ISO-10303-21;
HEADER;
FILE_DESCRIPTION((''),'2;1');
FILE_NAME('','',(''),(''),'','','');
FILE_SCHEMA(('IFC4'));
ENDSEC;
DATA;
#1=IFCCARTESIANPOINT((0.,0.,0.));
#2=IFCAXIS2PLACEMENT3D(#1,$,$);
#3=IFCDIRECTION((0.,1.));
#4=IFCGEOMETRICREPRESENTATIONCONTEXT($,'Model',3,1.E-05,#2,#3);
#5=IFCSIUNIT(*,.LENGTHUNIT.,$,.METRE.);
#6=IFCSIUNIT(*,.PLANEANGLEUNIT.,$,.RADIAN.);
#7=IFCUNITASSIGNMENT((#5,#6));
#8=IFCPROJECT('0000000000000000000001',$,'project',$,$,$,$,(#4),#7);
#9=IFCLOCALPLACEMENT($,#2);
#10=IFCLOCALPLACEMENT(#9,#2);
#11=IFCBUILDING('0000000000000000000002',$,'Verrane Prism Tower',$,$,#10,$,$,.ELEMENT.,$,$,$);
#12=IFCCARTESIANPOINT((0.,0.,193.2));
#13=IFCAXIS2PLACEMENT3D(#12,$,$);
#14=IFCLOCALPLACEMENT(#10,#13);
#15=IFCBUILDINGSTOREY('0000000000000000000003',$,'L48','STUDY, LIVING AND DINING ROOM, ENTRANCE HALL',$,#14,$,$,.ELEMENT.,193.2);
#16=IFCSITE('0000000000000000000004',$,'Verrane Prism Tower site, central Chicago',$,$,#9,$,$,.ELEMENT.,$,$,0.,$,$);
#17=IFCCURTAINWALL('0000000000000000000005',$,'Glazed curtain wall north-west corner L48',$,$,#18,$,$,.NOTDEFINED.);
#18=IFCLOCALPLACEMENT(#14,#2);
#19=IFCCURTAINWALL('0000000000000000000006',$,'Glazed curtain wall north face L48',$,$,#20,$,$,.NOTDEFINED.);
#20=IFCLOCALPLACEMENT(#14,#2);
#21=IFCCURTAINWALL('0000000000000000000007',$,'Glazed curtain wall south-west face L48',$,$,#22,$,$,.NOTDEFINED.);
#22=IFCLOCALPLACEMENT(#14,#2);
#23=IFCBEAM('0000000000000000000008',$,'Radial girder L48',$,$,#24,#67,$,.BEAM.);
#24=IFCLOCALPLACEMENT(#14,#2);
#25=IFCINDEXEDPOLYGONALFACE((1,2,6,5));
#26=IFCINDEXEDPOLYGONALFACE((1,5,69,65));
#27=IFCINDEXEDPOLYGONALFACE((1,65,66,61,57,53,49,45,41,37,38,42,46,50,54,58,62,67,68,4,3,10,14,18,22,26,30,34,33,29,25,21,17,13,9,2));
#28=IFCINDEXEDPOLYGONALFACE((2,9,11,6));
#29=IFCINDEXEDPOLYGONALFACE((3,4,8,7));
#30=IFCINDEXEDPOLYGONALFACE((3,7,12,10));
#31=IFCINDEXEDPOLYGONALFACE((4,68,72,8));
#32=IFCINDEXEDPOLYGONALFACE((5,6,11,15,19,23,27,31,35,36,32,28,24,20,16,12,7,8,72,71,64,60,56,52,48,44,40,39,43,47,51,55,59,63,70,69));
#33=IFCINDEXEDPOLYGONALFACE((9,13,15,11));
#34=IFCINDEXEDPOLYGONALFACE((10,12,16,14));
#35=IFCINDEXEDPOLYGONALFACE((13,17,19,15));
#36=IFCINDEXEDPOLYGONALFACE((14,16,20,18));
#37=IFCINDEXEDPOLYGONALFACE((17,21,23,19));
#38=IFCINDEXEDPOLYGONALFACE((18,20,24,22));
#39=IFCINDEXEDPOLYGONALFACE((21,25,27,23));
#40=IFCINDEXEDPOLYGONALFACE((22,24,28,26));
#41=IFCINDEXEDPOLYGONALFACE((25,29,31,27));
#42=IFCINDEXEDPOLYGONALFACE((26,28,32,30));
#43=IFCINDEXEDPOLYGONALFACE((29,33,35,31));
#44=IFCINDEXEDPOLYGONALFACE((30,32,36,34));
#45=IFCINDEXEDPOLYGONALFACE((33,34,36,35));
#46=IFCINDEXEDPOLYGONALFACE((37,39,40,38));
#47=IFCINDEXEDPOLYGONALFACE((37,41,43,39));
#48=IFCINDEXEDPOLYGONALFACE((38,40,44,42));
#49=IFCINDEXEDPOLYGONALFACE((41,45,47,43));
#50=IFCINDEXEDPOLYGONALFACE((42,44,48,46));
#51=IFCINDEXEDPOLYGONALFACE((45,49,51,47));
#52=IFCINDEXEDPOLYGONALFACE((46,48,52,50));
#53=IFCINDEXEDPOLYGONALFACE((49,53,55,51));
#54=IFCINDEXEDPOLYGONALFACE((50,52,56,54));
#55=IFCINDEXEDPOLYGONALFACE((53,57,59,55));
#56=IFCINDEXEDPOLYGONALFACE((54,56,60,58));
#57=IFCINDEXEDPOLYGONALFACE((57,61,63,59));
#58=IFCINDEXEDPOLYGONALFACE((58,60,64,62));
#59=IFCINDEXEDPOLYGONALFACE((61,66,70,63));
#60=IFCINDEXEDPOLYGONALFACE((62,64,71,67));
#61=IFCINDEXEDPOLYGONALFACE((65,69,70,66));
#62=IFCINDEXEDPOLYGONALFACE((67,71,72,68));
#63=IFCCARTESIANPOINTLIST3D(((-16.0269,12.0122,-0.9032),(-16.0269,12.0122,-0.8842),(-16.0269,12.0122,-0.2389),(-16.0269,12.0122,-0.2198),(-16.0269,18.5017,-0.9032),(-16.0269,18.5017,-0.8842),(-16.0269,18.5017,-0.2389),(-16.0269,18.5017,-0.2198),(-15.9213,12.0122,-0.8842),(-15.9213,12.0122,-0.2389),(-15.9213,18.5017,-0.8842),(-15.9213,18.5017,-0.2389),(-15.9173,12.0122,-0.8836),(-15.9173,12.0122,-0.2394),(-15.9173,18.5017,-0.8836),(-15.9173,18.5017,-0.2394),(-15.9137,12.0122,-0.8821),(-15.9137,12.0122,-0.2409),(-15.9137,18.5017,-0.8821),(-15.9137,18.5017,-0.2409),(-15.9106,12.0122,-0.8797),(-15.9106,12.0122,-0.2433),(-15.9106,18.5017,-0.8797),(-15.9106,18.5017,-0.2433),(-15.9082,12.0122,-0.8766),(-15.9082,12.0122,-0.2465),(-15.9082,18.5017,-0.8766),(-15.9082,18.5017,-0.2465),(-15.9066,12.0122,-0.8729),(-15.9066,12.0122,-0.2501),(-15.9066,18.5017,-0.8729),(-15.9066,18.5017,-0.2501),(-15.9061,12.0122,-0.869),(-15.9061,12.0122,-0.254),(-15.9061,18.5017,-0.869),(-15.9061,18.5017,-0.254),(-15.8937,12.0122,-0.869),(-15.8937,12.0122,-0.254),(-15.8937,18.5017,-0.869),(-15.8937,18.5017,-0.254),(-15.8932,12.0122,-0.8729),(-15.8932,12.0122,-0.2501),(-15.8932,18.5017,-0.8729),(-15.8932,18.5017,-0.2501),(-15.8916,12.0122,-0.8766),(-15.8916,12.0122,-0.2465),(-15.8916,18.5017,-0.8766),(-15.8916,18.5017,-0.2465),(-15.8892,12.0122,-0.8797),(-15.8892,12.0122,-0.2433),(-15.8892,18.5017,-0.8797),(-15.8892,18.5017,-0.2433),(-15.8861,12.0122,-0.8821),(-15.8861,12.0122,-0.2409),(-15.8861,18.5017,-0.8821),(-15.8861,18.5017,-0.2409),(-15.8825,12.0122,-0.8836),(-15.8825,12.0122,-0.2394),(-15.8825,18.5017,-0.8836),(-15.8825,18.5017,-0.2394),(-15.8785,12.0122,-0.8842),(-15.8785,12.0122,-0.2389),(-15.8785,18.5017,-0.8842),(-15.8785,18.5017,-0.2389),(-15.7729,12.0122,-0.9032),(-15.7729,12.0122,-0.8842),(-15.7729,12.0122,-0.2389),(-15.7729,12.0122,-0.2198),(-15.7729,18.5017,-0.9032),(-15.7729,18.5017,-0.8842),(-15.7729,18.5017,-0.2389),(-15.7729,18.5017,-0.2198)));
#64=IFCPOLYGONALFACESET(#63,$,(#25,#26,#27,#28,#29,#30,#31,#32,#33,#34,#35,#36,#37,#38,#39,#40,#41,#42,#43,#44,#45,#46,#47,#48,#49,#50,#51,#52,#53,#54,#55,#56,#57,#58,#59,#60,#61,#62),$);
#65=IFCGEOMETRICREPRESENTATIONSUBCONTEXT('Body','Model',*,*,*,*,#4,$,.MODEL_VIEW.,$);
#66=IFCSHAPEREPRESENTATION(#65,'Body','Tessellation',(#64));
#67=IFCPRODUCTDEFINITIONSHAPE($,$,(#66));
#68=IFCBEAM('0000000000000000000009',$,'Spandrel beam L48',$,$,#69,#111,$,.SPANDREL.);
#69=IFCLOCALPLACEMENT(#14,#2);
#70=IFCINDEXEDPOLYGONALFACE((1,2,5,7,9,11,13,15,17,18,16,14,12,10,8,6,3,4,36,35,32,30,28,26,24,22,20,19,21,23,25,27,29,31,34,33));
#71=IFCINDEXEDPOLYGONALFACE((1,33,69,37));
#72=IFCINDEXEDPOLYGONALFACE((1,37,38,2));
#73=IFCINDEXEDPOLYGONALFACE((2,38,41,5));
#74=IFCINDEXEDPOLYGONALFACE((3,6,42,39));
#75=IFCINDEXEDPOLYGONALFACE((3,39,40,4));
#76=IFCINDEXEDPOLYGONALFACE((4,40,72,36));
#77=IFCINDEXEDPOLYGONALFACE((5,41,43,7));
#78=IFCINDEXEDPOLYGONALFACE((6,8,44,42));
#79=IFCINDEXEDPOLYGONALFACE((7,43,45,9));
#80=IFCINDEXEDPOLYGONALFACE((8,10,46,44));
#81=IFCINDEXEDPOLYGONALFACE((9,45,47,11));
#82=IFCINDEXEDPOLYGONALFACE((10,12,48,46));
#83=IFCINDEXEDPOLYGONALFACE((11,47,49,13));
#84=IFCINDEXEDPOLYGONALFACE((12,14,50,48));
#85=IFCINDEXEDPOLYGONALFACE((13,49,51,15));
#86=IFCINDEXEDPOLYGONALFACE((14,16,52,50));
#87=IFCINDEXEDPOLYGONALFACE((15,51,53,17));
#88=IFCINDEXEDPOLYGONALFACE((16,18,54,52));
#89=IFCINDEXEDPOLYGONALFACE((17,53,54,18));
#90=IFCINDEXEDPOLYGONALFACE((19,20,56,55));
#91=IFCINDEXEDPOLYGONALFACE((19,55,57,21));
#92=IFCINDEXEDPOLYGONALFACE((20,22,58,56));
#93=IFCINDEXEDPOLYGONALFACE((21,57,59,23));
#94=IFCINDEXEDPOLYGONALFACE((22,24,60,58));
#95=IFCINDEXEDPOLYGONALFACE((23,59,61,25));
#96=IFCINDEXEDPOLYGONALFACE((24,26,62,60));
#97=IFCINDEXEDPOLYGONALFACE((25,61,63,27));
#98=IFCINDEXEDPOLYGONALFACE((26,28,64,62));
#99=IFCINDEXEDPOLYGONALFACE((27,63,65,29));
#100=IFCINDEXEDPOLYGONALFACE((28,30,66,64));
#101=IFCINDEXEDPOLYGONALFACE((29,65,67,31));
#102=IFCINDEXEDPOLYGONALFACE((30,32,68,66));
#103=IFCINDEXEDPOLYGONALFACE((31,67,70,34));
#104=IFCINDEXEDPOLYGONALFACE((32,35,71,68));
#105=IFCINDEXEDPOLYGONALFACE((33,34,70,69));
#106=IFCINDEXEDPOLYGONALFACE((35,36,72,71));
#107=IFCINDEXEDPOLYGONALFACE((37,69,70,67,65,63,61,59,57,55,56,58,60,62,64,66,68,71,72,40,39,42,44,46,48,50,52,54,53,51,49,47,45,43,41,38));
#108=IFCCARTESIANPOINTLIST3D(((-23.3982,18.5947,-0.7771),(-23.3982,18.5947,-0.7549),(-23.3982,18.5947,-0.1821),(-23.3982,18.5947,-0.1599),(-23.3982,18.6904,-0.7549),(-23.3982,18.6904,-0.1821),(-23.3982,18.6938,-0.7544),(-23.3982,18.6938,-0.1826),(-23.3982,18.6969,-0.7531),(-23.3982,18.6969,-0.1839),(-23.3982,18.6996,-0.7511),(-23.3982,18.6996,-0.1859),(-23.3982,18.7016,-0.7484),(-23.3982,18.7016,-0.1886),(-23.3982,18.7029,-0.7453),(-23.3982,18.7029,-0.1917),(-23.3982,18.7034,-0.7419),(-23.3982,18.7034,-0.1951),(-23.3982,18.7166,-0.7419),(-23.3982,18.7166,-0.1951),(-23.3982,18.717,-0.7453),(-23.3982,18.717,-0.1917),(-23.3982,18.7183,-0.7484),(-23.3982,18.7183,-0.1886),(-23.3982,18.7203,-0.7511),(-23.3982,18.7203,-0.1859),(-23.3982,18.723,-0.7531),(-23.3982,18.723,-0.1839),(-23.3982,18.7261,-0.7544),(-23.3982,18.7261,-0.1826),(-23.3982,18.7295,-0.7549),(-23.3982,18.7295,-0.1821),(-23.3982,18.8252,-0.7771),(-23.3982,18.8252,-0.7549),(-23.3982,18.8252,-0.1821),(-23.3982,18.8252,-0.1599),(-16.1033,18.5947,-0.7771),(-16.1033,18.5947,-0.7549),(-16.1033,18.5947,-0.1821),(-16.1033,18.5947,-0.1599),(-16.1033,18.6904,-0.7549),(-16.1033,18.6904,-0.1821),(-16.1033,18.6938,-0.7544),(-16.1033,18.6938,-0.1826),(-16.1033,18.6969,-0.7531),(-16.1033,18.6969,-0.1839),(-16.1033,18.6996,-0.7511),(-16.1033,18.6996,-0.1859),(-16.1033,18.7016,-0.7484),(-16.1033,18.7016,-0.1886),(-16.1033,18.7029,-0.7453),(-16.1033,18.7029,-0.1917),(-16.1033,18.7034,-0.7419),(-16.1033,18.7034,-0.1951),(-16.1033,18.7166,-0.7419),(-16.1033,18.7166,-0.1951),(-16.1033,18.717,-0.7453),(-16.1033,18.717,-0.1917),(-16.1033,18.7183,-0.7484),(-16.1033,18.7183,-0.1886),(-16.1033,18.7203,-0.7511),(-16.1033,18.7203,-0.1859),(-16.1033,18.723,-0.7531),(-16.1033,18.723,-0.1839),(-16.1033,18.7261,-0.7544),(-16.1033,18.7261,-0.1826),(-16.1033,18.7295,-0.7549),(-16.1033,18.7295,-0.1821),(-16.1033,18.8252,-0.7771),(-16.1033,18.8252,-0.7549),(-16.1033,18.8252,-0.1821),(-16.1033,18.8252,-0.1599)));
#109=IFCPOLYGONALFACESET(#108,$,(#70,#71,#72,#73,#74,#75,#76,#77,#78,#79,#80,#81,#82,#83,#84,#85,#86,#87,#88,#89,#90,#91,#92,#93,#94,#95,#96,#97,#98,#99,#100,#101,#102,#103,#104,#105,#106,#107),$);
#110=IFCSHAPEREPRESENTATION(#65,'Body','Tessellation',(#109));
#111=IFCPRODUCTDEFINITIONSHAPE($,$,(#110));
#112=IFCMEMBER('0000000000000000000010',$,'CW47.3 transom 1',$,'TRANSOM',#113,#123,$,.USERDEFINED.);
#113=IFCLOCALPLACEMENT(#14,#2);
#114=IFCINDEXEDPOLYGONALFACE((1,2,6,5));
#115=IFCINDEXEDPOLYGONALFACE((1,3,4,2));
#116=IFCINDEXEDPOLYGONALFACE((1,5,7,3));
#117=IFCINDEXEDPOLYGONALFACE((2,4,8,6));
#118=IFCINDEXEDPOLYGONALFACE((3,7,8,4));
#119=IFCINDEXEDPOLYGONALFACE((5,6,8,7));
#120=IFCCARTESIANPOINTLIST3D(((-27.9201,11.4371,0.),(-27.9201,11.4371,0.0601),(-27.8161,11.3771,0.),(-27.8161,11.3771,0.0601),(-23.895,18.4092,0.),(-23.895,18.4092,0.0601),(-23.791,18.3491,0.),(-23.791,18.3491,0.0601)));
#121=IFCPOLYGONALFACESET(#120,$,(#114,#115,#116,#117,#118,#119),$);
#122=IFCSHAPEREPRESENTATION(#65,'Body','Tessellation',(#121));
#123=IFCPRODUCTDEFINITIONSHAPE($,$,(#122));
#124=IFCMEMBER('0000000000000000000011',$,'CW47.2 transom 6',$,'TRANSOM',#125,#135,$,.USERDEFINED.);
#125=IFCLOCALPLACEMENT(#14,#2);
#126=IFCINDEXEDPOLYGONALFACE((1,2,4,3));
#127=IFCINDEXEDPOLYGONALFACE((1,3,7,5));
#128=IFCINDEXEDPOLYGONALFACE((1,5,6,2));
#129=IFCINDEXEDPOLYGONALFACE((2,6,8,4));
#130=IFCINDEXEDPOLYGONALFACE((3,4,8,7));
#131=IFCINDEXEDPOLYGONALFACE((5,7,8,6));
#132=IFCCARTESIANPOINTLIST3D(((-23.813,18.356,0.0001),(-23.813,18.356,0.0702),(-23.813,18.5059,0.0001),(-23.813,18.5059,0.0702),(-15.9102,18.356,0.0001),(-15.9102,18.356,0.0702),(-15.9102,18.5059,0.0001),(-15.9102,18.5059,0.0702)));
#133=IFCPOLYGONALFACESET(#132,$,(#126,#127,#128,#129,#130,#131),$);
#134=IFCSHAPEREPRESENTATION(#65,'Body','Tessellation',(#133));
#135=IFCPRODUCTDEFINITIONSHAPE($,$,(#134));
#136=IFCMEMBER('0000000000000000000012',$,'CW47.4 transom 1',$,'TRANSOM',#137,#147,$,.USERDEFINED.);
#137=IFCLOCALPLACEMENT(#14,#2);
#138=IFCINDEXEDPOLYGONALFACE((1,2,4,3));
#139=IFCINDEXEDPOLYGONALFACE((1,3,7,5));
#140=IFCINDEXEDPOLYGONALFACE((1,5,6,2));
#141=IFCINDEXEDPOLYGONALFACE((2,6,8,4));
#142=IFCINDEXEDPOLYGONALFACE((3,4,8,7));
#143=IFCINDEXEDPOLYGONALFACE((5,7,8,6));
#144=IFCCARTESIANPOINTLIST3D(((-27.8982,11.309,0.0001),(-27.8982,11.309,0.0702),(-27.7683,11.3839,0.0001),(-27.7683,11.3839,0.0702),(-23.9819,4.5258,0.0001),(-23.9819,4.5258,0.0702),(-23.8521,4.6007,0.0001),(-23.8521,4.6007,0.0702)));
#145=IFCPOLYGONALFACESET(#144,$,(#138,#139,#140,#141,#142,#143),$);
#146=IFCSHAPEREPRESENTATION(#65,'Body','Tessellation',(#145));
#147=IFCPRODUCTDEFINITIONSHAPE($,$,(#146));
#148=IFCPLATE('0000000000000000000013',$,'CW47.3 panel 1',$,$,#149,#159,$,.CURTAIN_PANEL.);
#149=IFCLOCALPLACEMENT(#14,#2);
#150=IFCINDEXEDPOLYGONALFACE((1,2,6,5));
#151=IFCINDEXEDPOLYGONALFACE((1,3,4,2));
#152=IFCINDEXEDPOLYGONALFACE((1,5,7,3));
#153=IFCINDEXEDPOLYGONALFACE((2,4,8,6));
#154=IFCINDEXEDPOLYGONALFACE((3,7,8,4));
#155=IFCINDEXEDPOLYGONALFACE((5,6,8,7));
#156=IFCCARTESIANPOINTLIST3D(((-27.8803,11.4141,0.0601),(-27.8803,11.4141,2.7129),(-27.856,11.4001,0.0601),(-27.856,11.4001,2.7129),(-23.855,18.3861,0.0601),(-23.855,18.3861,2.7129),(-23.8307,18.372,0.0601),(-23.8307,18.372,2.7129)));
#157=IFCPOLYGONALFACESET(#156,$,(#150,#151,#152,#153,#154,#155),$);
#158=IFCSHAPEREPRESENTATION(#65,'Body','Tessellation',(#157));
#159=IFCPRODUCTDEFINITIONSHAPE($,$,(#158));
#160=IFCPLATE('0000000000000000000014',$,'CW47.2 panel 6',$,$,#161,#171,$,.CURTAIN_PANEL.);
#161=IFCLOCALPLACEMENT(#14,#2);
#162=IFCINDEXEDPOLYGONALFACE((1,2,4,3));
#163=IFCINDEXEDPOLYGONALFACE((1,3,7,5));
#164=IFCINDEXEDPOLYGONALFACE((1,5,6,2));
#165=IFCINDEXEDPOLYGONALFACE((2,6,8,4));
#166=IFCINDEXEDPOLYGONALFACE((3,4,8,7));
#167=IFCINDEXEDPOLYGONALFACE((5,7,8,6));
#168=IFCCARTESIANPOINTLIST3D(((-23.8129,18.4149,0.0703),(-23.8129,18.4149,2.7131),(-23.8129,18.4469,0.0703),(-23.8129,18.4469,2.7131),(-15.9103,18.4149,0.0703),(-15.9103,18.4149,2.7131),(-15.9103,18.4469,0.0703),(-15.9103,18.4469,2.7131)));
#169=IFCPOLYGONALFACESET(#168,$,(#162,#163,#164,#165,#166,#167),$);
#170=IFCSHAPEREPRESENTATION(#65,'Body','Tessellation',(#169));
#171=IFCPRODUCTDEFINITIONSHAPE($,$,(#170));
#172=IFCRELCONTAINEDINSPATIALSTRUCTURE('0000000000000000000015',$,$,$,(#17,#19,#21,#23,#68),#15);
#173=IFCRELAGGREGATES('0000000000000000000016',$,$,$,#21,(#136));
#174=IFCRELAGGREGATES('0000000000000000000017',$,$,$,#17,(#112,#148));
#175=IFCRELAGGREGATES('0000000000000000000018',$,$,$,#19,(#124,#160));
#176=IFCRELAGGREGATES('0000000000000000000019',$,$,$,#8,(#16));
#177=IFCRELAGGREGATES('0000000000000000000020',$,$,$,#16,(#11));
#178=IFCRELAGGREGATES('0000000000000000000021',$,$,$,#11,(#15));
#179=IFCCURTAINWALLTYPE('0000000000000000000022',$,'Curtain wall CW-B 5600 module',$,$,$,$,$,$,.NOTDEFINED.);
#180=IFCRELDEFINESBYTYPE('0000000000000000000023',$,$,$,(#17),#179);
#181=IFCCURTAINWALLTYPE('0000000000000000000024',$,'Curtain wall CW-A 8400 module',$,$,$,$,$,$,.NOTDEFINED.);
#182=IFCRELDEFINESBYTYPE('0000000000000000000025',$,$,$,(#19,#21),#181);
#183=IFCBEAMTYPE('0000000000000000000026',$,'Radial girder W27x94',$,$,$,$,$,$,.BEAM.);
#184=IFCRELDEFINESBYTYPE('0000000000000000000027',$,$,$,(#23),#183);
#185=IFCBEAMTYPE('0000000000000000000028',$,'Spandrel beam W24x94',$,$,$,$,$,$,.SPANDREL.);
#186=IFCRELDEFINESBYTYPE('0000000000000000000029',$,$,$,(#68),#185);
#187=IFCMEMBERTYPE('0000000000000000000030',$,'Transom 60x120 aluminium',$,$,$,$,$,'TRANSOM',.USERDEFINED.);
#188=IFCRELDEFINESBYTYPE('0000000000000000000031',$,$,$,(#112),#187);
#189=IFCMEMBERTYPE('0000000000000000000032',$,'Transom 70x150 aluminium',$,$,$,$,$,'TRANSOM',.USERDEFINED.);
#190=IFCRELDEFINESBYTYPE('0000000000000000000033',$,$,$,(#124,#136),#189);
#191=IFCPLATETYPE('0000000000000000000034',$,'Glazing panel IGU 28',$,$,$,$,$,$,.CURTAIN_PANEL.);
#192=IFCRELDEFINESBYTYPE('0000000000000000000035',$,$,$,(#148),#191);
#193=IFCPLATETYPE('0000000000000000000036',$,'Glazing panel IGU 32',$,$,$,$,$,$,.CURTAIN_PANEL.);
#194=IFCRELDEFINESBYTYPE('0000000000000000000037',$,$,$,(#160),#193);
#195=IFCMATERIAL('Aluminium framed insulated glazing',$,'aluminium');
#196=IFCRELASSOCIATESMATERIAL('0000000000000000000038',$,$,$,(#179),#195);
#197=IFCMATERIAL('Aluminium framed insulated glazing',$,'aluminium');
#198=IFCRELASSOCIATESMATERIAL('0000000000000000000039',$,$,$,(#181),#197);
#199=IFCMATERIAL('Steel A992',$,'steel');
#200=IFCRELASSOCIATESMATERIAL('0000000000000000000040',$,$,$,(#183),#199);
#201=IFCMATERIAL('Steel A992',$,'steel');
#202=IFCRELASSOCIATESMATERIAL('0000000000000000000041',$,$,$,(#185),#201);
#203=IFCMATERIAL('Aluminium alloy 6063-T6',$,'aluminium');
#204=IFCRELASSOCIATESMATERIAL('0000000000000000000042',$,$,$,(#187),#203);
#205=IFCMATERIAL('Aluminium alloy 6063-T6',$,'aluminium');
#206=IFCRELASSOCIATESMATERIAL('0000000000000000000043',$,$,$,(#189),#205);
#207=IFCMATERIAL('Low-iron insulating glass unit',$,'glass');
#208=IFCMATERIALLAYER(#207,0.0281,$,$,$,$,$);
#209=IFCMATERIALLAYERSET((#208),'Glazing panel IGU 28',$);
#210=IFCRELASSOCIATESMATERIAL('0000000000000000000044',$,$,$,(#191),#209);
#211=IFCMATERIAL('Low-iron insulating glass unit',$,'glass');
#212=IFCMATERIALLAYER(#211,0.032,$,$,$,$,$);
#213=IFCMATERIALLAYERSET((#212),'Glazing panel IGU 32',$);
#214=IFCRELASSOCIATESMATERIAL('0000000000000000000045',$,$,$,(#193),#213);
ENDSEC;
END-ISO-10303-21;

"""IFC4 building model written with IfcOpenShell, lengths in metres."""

from ifc_helpers import new_model, si_unit, direction, frame, origin, origin_2d, place, context, subcontext, project, spatial, rectangle, i_section, extrude, material, layer, layer_set, material_profile, profile_set, type_object, element, aggregate, save


model = new_model("IFC4")

# Units and contexts
model_context = context("Model", 3, precision=1e-05, world=origin(), true_north=direction((0.0, 1.0)))
body_context = subcontext(model_context, "Body", "Model", "MODEL_VIEW")
ifc_project = project(units=[si_unit("LENGTHUNIT", "METRE"), si_unit("PLANEANGLEUNIT", "RADIAN")], contexts=[model_context])

# Site, building, storey
site_placement = place(None, origin())
site = spatial("IfcSite", under=ifc_project, at=site_placement, Name="Verrane Prism Tower site, central Chicago", CompositionType="ELEMENT", RefElevation=0.0)
building_placement = place(site_placement, origin())
building = spatial("IfcBuilding", under=site, at=building_placement, Name="Verrane Prism Tower", CompositionType="ELEMENT")
storey_placement = place(building_placement, frame((0.0, 0.0, 193.2)))
storey = spatial("IfcBuildingStorey", under=building, at=storey_placement, Name="L48", Description="STUDY, LIVING AND DINING ROOM, ENTRANCE HALL", CompositionType="ELEMENT", Elevation=193.2)

# Curtain walls
ifc_material_1 = material(Name="Aluminium framed insulated glazing", Category="aluminium")
curtain_wall_type_1 = type_object("IfcCurtainWallType", Name="Curtain wall CW-B 5600 module", PredefinedType="NOTDEFINED", material=ifc_material_1)
curtain_wall_1_placement = place(storey_placement, origin())
curtain_wall_1 = element("IfcCurtainWall", 1, at=curtain_wall_1_placement, inside=storey, type_object=curtain_wall_type_1, Name="Glazed curtain wall north-west corner L48", PredefinedType="NOTDEFINED")
ifc_material_2 = material(Name="Aluminium framed insulated glazing", Category="aluminium")
curtain_wall_type_2 = type_object("IfcCurtainWallType", Name="Curtain wall CW-A 8400 module", PredefinedType="NOTDEFINED", material=ifc_material_2)
curtain_wall_2_placement = place(storey_placement, origin())
curtain_wall_2 = element("IfcCurtainWall", 2, at=curtain_wall_2_placement, inside=storey, type_object=curtain_wall_type_2, Name="Glazed curtain wall north face L48", PredefinedType="NOTDEFINED")
curtain_wall_3_placement = place(storey_placement, origin())
curtain_wall_3 = element("IfcCurtainWall", 3, at=curtain_wall_3_placement, inside=storey, type_object=curtain_wall_type_2, Name="Glazed curtain wall south-west face L48", PredefinedType="NOTDEFINED")

# Beams
ifc_material_3 = material(Name="Steel A992", Category="steel")
ifc_material_profile_1 = material_profile(ifc_material_3, i_section(OverallWidth=0.2539, OverallDepth=0.6833, WebThickness=0.0125, FlangeThickness=0.019, FilletRadius=0.0151, at=origin_2d()), Name="W27x94")
ifc_profile_set_1 = profile_set([ifc_material_profile_1], Name="Steel A992")
beam_type_1 = type_object("IfcBeamType", Name="Radial girder W27x94", PredefinedType="BEAM", material=ifc_profile_set_1)
beam_1_placement = place(storey_placement, frame((-15.8999, 18.5017, -0.5615), z_axis=(0.0, -1.0, 0.0), x_axis=(1.0, 0.0, 0.0)))
element("IfcBeam", 4, at=beam_1_placement, inside=storey, type_object=beam_type_1, Name="Radial girder L48", PredefinedType="BEAM", context=body_context, shape_type="SweptSolid", body=[
    extrude(i_section(OverallWidth=0.2539, OverallDepth=0.6833, WebThickness=0.0125, FlangeThickness=0.019, FilletRadius=0.0151, at=origin_2d()), origin(), (0.0, 0.0, 1.0), 6.4895),
])
ifc_material_4 = material(Name="Steel A992", Category="steel")
ifc_material_profile_2 = material_profile(ifc_material_4, i_section(OverallWidth=0.2305, OverallDepth=0.6172, WebThickness=0.0132, FlangeThickness=0.0222, FilletRadius=0.0129, at=origin_2d()), Name="W24x94")
ifc_profile_set_2 = profile_set([ifc_material_profile_2], Name="Steel A992")
beam_type_2 = type_object("IfcBeamType", Name="Spandrel beam W24x94", PredefinedType="SPANDREL", material=ifc_profile_set_2)
beam_2_placement = place(storey_placement, frame((-16.1033, 18.71, -0.4685), z_axis=(-1.0, 0.0, 0.0), x_axis=(0.0, -1.0, 0.0)))
element("IfcBeam", 5, at=beam_2_placement, inside=storey, type_object=beam_type_2, Name="Spandrel beam L48", PredefinedType="SPANDREL", context=body_context, shape_type="SweptSolid", body=[
    extrude(i_section(OverallWidth=0.2305, OverallDepth=0.6172, WebThickness=0.0132, FlangeThickness=0.0222, FilletRadius=0.0129, at=origin_2d()), origin(), (0.0, 0.0, 1.0), 7.2949),
])

# Members
ifc_material_5 = material(Name="Aluminium alloy 6063-T6", Category="aluminium")
ifc_material_profile_3 = material_profile(ifc_material_5, rectangle(XDim=0.1201, YDim=0.0601, at=origin_2d()), Name="Transom 60x120 aluminium")
ifc_profile_set_3 = profile_set([ifc_material_profile_3], Name="Aluminium alloy 6063-T6")
member_type_1 = type_object("IfcMemberType", Name="Transom 60x120 aluminium", ElementType="TRANSOM", PredefinedType="USERDEFINED", material=ifc_profile_set_3)
member_1_placement = place(storey_placement, frame((-23.843, 18.3792, 0.03), z_axis=(-0.499978, -0.866038, 0.0), x_axis=(0.866038, -0.499978, 0.0)))
member_1 = element("IfcMember", 6, at=member_1_placement, type_object=member_type_1, Name="CW47.3 transom 1", ObjectType="TRANSOM", PredefinedType="USERDEFINED", context=body_context, shape_type="SweptSolid", body=[
    extrude(rectangle(XDim=0.1201, YDim=0.0601, at=origin_2d()), origin(), (0.0, 0.0, 1.0), 8.0505),
])
ifc_material_6 = material(Name="Aluminium alloy 6063-T6", Category="aluminium")
ifc_material_profile_4 = material_profile(ifc_material_6, rectangle(XDim=0.1499, YDim=0.0701, at=origin_2d()), Name="Transom 70x150 aluminium")
ifc_profile_set_4 = profile_set([ifc_material_profile_4], Name="Aluminium alloy 6063-T6")
member_type_2 = type_object("IfcMemberType", Name="Transom 70x150 aluminium", ElementType="TRANSOM", PredefinedType="USERDEFINED", material=ifc_profile_set_4)
member_2_placement = place(storey_placement, frame((-15.9102, 18.4309, 0.0352), z_axis=(-1.0, 0.0, 0.0), x_axis=(0.0, -1.0, 0.0)))
member_2 = element("IfcMember", 7, at=member_2_placement, type_object=member_type_2, Name="CW47.2 transom 6", ObjectType="TRANSOM", PredefinedType="USERDEFINED", context=body_context, shape_type="SweptSolid", body=[
    extrude(rectangle(XDim=0.1499, YDim=0.0701, at=origin_2d()), origin(), (0.0, 0.0, 1.0), 7.9028),
])
member_3_placement = place(storey_placement, frame((-27.8333, 11.3464, 0.0352), z_axis=(0.499998, -0.866027, 0.0), x_axis=(0.866027, 0.499998, 0.0)))
member_3 = element("IfcMember", 8, at=member_3_placement, type_object=member_type_2, Name="CW47.4 transom 1", ObjectType="TRANSOM", PredefinedType="USERDEFINED", context=body_context, shape_type="SweptSolid", body=[
    extrude(rectangle(XDim=0.1499, YDim=0.0701, at=origin_2d()), origin(), (0.0, 0.0, 1.0), 7.8325),
])
aggregate(curtain_wall_3, [member_3])

# Plates
ifc_material_7 = material(Name="Low-iron insulating glass unit", Category="glass")
ifc_layer_1 = layer(ifc_material_7, 0.0281)
ifc_layer_set_1 = layer_set([ifc_layer_1], Name="Glazing panel IGU 28")
plate_type_1 = type_object("IfcPlateType", Name="Glazing panel IGU 28", PredefinedType="CURTAIN_PANEL", material=ifc_layer_set_1)
plate_1_placement = place(storey_placement, frame((-25.8555, 14.8931, 0.0601), z_axis=(0.0, 0.0, 1.0), x_axis=(-0.500005, -0.866023, 0.0)))
plate_1 = element("IfcPlate", 9, at=plate_1_placement, type_object=plate_type_1, Name="CW47.3 panel 1", PredefinedType="CURTAIN_PANEL", context=body_context, shape_type="SweptSolid", body=[
    extrude(rectangle(XDim=8.0505, YDim=0.0281, at=origin_2d()), origin(), (0.0, 0.0, 1.0), 2.6528),
])
aggregate(curtain_wall_1, [member_1, plate_1])
ifc_material_8 = material(Name="Low-iron insulating glass unit", Category="glass")
ifc_layer_2 = layer(ifc_material_8, 0.032)
ifc_layer_set_2 = layer_set([ifc_layer_2], Name="Glazing panel IGU 32")
plate_type_2 = type_object("IfcPlateType", Name="Glazing panel IGU 32", PredefinedType="CURTAIN_PANEL", material=ifc_layer_set_2)
plate_2_placement = place(storey_placement, frame((-19.8616, 18.4309, 0.0703), z_axis=(0.0, 0.0, 1.0), x_axis=(-1.0, 0.0, 0.0)))
plate_2 = element("IfcPlate", 10, at=plate_2_placement, type_object=plate_type_2, Name="CW47.2 panel 6", PredefinedType="CURTAIN_PANEL", context=body_context, shape_type="SweptSolid", body=[
    extrude(rectangle(XDim=7.9026, YDim=0.032, at=origin_2d()), origin(), (0.0, 0.0, 1.0), 2.6428),
])
aggregate(curtain_wall_2, [member_2, plate_2])

save(model, "model.ifc")
